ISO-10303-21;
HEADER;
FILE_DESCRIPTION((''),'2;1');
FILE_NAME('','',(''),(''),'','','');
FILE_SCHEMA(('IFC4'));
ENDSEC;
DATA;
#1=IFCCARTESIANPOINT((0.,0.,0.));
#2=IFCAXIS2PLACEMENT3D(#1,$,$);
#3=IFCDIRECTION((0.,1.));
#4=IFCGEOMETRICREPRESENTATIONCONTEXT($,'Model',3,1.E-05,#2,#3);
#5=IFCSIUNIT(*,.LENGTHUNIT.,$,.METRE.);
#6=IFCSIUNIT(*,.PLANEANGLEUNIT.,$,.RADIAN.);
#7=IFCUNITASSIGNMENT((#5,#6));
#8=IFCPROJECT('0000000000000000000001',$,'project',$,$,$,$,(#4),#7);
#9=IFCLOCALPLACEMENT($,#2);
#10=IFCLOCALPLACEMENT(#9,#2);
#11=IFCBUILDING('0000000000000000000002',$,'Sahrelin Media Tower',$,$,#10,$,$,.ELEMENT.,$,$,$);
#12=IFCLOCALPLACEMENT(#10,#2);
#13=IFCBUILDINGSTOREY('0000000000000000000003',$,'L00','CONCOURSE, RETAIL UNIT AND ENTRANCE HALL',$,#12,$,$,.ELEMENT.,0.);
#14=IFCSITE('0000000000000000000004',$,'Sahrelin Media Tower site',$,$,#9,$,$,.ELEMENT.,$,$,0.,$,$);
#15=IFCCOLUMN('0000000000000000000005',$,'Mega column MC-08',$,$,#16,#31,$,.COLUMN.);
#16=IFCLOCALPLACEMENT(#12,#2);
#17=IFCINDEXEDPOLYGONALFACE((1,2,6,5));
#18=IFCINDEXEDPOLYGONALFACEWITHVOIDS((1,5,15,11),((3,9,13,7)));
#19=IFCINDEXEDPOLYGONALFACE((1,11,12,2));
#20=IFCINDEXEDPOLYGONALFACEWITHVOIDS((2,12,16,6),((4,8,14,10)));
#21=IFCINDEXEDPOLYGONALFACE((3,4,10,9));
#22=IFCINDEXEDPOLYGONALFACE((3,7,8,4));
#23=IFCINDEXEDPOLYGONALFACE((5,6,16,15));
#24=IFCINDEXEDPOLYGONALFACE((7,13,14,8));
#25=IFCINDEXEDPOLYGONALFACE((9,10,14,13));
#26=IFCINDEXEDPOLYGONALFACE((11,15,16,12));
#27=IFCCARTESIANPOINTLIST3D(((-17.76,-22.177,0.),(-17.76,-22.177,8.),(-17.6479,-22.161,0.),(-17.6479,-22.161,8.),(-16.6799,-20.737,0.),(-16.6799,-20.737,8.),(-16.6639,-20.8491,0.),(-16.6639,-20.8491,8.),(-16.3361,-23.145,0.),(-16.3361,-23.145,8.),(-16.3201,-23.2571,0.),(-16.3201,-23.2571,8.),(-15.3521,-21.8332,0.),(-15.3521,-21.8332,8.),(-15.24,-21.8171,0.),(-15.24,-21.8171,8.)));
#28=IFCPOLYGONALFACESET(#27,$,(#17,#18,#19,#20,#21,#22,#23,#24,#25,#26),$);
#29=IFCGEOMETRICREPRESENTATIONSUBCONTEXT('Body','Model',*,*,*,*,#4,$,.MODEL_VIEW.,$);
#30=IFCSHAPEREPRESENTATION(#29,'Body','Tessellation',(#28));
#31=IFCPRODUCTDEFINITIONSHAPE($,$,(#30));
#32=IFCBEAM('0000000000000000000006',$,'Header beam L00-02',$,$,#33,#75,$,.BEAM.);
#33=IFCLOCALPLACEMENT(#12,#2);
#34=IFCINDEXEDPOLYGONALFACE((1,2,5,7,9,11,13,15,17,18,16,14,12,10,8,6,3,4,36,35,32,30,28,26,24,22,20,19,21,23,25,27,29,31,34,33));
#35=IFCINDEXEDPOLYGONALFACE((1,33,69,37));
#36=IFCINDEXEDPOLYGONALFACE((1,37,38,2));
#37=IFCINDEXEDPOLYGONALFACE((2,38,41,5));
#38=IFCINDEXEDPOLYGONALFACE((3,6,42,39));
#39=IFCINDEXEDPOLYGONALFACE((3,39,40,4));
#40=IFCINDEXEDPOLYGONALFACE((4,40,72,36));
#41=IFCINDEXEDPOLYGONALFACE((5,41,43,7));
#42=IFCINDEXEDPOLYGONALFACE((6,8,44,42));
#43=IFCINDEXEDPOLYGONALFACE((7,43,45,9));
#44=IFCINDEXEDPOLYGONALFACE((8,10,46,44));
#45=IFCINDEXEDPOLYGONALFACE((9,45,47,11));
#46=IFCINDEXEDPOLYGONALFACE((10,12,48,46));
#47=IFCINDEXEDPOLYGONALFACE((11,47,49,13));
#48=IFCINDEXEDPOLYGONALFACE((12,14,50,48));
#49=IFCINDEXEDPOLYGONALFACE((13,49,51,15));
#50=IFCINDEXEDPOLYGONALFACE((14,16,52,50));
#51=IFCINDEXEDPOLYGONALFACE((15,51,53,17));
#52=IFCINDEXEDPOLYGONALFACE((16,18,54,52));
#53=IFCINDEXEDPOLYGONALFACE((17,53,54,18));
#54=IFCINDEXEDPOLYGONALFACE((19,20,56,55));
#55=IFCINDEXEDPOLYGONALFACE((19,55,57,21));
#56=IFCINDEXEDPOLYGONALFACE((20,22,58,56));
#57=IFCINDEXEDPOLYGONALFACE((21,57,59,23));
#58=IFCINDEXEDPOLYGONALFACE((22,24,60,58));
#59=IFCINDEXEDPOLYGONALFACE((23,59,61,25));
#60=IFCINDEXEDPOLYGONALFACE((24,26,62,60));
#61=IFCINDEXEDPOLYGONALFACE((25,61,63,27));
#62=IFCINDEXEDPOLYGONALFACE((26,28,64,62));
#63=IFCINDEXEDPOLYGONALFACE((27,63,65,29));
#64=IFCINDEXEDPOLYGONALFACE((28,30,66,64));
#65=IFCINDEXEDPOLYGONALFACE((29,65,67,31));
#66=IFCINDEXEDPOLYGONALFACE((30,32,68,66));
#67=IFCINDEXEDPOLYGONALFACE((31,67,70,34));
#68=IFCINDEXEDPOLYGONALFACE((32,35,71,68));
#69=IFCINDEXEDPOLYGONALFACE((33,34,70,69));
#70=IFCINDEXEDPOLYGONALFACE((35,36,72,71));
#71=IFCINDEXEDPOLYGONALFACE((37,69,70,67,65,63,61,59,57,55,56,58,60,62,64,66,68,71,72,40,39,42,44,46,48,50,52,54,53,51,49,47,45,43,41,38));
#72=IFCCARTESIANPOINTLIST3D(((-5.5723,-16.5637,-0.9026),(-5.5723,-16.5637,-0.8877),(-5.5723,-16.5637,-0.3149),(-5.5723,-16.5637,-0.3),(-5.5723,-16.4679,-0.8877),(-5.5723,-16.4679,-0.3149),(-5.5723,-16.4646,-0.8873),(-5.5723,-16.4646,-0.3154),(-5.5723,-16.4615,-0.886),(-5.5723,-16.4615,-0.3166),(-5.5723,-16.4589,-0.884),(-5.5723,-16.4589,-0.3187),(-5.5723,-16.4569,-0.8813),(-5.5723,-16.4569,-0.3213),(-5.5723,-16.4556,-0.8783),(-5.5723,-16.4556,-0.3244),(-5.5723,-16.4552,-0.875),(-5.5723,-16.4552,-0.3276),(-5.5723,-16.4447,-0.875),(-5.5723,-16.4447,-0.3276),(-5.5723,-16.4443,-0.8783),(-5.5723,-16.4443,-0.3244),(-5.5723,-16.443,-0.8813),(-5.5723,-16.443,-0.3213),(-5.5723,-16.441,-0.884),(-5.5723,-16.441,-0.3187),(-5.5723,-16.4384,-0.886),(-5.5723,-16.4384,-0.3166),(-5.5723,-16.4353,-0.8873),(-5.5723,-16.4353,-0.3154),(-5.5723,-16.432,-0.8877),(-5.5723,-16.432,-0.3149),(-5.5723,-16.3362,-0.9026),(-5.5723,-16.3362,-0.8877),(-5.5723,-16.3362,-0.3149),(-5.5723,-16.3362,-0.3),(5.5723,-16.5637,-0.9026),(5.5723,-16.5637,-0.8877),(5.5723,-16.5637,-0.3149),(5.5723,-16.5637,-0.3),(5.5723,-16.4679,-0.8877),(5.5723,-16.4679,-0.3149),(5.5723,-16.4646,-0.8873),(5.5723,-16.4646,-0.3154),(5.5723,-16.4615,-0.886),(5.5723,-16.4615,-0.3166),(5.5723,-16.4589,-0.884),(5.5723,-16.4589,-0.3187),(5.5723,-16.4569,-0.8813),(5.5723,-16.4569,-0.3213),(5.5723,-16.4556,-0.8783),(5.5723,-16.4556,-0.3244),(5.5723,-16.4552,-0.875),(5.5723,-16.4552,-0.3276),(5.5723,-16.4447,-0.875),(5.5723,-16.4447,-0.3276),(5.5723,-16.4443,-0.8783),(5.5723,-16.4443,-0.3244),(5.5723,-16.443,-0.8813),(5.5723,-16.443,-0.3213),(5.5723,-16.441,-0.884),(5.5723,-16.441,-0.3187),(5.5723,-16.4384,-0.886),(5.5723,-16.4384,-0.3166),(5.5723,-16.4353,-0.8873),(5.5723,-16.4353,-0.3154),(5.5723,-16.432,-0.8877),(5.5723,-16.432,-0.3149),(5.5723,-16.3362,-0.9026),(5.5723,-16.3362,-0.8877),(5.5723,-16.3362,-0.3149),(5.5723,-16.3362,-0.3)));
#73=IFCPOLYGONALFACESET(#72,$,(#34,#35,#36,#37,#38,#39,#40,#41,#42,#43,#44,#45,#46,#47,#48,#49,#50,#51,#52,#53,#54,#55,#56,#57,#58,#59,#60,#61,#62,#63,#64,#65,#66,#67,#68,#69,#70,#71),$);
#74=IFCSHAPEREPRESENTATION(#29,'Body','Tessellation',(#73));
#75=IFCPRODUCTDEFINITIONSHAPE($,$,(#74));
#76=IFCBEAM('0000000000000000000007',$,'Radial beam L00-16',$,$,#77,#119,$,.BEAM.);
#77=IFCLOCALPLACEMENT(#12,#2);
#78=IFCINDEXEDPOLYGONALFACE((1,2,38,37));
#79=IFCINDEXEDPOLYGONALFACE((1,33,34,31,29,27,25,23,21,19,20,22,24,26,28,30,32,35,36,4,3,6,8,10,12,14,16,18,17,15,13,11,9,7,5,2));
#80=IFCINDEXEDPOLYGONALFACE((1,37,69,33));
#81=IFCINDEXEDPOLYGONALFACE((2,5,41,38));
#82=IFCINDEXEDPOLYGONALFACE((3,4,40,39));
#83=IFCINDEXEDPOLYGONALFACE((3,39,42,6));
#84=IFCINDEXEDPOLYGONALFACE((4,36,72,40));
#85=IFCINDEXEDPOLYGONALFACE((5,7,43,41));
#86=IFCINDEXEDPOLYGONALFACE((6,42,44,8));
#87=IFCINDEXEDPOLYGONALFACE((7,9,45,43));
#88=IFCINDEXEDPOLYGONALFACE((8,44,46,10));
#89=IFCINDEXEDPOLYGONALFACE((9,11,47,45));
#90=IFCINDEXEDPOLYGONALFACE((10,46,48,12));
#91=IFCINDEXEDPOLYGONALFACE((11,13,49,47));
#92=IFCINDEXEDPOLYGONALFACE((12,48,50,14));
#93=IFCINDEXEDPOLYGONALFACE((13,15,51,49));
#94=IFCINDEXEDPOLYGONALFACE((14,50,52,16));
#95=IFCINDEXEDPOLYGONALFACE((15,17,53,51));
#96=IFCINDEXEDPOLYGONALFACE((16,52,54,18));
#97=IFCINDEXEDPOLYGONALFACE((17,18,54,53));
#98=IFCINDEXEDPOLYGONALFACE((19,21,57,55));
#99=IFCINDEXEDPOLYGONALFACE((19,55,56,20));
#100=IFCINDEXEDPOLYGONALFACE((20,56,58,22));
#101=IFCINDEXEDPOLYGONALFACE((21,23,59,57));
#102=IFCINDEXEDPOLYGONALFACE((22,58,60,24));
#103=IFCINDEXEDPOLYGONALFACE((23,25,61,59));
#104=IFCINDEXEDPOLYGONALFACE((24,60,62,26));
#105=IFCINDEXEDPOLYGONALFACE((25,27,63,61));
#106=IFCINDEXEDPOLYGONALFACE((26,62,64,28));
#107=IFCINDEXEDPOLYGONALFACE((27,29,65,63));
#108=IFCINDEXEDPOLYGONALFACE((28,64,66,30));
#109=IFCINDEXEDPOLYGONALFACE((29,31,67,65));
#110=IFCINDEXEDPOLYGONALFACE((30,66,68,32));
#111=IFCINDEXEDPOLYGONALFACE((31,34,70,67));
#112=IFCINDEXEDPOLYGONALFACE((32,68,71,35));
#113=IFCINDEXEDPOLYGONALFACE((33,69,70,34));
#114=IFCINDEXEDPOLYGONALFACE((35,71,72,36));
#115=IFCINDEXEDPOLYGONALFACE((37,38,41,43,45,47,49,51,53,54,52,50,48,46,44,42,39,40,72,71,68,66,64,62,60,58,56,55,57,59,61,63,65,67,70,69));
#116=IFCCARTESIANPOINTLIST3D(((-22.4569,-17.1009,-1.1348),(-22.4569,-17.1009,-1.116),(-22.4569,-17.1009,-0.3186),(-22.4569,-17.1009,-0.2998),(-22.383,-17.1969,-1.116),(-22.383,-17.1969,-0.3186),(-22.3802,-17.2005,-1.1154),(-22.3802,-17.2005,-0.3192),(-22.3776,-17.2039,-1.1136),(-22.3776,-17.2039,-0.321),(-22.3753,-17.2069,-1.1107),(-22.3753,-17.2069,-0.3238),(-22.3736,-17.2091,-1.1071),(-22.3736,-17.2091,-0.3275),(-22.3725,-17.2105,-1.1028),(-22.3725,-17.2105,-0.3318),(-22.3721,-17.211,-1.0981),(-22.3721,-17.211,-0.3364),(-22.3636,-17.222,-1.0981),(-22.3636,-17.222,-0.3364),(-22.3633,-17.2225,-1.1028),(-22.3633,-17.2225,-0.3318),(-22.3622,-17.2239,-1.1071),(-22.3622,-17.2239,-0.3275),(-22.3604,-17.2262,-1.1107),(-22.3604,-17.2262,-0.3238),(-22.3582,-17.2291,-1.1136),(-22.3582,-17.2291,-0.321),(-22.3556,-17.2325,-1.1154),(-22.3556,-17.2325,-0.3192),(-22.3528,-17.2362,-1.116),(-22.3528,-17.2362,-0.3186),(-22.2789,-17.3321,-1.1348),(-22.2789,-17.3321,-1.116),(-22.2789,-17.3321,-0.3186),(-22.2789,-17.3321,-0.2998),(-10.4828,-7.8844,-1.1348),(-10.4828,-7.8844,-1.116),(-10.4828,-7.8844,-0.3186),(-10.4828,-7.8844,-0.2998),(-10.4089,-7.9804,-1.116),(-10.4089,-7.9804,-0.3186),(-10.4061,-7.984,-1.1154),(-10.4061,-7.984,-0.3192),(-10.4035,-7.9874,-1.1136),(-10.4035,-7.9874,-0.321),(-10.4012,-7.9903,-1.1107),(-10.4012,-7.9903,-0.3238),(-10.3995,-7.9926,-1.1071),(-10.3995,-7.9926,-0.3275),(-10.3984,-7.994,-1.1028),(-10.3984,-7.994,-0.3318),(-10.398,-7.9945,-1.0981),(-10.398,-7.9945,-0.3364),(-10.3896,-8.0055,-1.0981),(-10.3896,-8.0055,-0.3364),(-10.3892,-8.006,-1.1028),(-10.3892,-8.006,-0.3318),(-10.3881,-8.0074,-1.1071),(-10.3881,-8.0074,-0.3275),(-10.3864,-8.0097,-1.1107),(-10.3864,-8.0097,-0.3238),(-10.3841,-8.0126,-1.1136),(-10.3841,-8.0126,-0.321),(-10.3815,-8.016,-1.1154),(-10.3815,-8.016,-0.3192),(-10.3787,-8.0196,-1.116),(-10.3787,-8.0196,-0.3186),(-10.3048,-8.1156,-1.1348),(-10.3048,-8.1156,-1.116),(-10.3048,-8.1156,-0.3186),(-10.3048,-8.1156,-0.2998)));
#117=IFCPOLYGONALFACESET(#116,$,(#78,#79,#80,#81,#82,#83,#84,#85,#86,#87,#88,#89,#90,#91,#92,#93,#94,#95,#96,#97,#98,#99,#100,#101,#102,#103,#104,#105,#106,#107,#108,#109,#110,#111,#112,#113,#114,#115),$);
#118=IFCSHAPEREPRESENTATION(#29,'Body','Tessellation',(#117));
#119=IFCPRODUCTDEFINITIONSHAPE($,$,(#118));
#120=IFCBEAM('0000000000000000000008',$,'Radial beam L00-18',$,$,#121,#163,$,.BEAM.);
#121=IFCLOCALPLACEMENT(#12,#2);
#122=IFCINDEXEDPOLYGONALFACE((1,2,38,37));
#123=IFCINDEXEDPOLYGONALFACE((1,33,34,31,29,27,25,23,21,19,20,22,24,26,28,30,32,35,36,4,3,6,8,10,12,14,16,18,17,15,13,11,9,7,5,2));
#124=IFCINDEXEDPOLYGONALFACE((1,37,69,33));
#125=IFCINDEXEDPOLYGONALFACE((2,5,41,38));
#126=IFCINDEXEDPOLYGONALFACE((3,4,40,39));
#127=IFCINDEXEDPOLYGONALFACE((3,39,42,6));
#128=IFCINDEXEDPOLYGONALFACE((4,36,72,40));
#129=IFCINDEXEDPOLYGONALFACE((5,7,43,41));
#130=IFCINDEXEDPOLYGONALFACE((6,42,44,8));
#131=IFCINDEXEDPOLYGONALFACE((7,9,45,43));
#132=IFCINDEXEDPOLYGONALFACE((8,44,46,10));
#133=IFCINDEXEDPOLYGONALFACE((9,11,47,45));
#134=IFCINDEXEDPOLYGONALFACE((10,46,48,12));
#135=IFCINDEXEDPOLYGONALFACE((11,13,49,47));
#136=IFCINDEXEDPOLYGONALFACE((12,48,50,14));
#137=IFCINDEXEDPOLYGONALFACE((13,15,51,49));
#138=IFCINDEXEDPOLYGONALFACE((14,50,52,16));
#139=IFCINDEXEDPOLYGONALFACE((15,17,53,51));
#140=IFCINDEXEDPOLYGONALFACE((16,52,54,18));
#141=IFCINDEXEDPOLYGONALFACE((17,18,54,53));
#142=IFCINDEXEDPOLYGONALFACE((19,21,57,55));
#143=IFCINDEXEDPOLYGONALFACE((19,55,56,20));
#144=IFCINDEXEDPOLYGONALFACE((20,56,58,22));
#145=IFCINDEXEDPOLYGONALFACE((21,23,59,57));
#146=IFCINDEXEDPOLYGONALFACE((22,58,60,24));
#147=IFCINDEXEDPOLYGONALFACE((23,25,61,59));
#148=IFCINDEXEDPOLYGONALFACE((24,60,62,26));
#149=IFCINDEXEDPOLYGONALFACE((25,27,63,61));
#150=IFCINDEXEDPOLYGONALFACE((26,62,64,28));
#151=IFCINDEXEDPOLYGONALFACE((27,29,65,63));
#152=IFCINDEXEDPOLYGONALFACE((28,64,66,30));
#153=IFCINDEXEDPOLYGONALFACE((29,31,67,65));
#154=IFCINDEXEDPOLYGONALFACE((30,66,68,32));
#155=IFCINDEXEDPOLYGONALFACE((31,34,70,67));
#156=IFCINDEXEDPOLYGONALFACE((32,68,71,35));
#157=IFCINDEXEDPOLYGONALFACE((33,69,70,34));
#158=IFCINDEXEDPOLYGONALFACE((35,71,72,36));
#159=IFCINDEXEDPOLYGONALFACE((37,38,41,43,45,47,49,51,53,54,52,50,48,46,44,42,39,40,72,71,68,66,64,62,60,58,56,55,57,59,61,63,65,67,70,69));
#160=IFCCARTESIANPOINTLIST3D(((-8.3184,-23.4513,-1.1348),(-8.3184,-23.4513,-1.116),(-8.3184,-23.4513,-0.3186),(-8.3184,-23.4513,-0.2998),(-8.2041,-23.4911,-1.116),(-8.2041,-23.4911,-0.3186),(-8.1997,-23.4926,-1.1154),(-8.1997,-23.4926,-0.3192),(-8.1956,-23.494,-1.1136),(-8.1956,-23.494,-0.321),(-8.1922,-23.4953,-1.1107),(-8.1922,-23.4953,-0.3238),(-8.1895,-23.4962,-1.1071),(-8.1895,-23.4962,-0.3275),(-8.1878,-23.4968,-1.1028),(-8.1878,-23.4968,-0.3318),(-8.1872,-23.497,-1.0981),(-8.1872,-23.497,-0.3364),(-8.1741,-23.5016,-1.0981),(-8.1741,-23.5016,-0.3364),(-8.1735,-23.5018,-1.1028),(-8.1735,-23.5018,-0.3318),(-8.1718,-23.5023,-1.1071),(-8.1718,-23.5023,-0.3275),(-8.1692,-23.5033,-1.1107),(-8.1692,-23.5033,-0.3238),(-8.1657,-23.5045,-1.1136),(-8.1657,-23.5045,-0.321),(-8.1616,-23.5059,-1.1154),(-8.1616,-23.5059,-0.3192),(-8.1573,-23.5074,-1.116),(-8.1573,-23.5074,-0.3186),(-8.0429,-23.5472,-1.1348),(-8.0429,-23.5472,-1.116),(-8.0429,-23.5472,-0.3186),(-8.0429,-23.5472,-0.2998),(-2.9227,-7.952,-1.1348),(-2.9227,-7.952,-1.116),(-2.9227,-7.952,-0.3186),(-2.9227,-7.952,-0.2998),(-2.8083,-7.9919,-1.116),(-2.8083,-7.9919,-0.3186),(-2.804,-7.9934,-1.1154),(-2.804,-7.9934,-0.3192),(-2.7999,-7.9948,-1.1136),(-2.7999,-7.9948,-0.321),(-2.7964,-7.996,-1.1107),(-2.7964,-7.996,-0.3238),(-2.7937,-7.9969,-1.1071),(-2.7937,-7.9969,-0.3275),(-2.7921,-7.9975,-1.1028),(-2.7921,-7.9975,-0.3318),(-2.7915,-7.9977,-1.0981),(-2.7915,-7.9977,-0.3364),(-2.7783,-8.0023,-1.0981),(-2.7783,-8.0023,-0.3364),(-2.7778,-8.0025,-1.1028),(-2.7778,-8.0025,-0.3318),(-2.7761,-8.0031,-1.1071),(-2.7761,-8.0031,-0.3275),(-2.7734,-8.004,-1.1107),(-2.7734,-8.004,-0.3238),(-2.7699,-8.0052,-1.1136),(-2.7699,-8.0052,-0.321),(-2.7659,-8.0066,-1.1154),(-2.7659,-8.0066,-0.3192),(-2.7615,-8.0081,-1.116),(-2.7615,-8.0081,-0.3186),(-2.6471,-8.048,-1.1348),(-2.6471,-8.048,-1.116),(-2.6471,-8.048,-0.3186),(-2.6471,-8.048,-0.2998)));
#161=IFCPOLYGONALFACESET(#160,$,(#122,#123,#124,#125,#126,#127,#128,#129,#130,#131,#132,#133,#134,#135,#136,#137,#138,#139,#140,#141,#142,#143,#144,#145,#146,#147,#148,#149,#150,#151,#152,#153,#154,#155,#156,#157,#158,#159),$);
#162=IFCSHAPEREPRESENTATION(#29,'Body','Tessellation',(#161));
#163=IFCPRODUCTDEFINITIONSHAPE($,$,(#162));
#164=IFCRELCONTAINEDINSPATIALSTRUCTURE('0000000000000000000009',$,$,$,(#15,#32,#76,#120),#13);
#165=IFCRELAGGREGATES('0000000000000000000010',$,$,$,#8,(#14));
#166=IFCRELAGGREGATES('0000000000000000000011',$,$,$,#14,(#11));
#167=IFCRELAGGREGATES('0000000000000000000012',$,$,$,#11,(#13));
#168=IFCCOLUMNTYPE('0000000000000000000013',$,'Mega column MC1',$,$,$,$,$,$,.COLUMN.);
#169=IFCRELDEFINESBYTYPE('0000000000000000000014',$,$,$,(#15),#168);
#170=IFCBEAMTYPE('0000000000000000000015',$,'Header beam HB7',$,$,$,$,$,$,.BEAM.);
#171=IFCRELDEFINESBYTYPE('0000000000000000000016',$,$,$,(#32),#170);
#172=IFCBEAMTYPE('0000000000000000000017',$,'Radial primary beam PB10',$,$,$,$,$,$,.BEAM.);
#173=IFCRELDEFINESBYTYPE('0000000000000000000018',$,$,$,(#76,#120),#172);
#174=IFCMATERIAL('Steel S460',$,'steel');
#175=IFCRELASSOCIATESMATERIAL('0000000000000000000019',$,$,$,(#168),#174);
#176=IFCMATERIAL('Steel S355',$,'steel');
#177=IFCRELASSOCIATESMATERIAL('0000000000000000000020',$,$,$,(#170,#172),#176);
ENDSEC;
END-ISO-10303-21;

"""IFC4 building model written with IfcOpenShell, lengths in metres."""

from ifc_helpers import new_model, si_unit, direction, frame, origin, origin_2d, place, context, subcontext, project, spatial, hollow_rectangle, i_section, extrude, material, material_profile, profile_set, type_object, element, save


model = new_model("IFC4")

# Units and contexts
model_context = context("Model", 3, precision=1e-05, world=origin(), true_north=direction((0.0, 1.0)))
body_context = subcontext(model_context, "Body", "Model", "MODEL_VIEW")
ifc_project = project(units=[si_unit("LENGTHUNIT", "METRE"), si_unit("PLANEANGLEUNIT", "RADIAN")], contexts=[model_context])

# Site, building, storey
site_placement = place(None, origin())
site = spatial("IfcSite", under=ifc_project, at=site_placement, Name="Sahrelin Media Tower site", CompositionType="ELEMENT", RefElevation=0.0)
building_placement = place(site_placement, origin())
building = spatial("IfcBuilding", under=site, at=building_placement, Name="Sahrelin Media Tower", CompositionType="ELEMENT")
storey_placement = place(building_placement, origin())
storey = spatial("IfcBuildingStorey", under=building, at=storey_placement, Name="L00", Description="CONCOURSE, RETAIL UNIT AND ENTRANCE HALL", CompositionType="ELEMENT", Elevation=0.0)

# Column
ifc_material_1 = material(Name="Steel S460", Category="steel")
ifc_material_profile_1 = material_profile(ifc_material_1, hollow_rectangle(XDim=1.8, YDim=1.8, WallThickness=0.0801, at=origin_2d()), Name="Mega column MC1")
ifc_profile_set_1 = profile_set([ifc_material_profile_1], Name="Steel S460")
column_type = type_object("IfcColumnType", Name="Mega column MC1", PredefinedType="COLUMN", material=ifc_profile_set_1)
column_placement = place(storey_placement, frame((-16.5, -21.9971, 0.0), z_axis=(0.0, 0.0, 1.0), x_axis=(-0.600052, -0.799961, 0.0)))
element("IfcColumn", 1, at=column_placement, inside=storey, type_object=column_type, Name="Mega column MC-08", PredefinedType="COLUMN", context=body_context, shape_type="SweptSolid", body=[
    extrude(hollow_rectangle(XDim=1.8, YDim=1.8, WallThickness=0.0801, at=origin_2d()), origin(), (0.0, 0.0, 1.0), 8.0),
])

# Beams
ifc_material_2 = material(Name="Steel S355", Category="steel")
ifc_material_profile_2 = material_profile(ifc_material_2, i_section(OverallWidth=0.2275, OverallDepth=0.6025, WebThickness=0.0105, FlangeThickness=0.0149, FilletRadius=0.0127, at=origin_2d()), Name="UB 610x229x101")
ifc_profile_set_2 = profile_set([ifc_material_profile_2], Name="Steel S355")
beam_type_1 = type_object("IfcBeamType", Name="Header beam HB7", PredefinedType="BEAM", material=ifc_profile_set_2)
beam_1_placement = place(storey_placement, frame((-5.5723, -16.45, -0.6013), z_axis=(1.0, 0.0, 0.0), x_axis=(0.0, 1.0, 0.0)))
element("IfcBeam", 2, at=beam_1_placement, inside=storey, type_object=beam_type_1, Name="Header beam L00-02", PredefinedType="BEAM", context=body_context, shape_type="SweptSolid", body=[
    extrude(i_section(OverallWidth=0.2275, OverallDepth=0.6025, WebThickness=0.0105, FlangeThickness=0.0149, FilletRadius=0.0127, at=origin_2d()), origin(), (0.0, 0.0, 1.0), 11.1445),
])
ifc_material_profile_3 = material_profile(ifc_material_2, i_section(OverallWidth=0.2917, OverallDepth=0.835, WebThickness=0.0139, FlangeThickness=0.0188, FilletRadius=0.0178, at=origin_2d()), Name="UB 838x292x176")
ifc_profile_set_3 = profile_set([ifc_material_profile_3], Name="Steel S355")
beam_type_2 = type_object("IfcBeamType", Name="Radial primary beam PB10", PredefinedType="BEAM", material=ifc_profile_set_3)
beam_2_placement = place(storey_placement, frame((-10.3938, -8.0, -0.7173), z_axis=(-0.792442, -0.609947, 0.0), x_axis=(0.609947, -0.792442, 0.0)))
element("IfcBeam", 3, at=beam_2_placement, inside=storey, type_object=beam_type_2, Name="Radial beam L00-16", PredefinedType="BEAM", context=body_context, shape_type="SweptSolid", body=[
    extrude(i_section(OverallWidth=0.2917, OverallDepth=0.835, WebThickness=0.0139, FlangeThickness=0.0188, FilletRadius=0.0178, at=origin_2d()), origin(), (0.0, 0.0, 1.0), 15.1104),
])
beam_3_placement = place(storey_placement, frame((-2.7849, -8.0, -0.7173), z_axis=(-0.328776, -0.944408, 0.0), x_axis=(0.944408, -0.328776, 0.0)))
element("IfcBeam", 4, at=beam_3_placement, inside=storey, type_object=beam_type_2, Name="Radial beam L00-18", PredefinedType="BEAM", context=body_context, shape_type="SweptSolid", body=[
    extrude(i_section(OverallWidth=0.2917, OverallDepth=0.835, WebThickness=0.0139, FlangeThickness=0.0188, FilletRadius=0.0178, at=origin_2d()), origin(), (0.0, 0.0, 1.0), 16.4116),
])

save(model, "model.ifc")
